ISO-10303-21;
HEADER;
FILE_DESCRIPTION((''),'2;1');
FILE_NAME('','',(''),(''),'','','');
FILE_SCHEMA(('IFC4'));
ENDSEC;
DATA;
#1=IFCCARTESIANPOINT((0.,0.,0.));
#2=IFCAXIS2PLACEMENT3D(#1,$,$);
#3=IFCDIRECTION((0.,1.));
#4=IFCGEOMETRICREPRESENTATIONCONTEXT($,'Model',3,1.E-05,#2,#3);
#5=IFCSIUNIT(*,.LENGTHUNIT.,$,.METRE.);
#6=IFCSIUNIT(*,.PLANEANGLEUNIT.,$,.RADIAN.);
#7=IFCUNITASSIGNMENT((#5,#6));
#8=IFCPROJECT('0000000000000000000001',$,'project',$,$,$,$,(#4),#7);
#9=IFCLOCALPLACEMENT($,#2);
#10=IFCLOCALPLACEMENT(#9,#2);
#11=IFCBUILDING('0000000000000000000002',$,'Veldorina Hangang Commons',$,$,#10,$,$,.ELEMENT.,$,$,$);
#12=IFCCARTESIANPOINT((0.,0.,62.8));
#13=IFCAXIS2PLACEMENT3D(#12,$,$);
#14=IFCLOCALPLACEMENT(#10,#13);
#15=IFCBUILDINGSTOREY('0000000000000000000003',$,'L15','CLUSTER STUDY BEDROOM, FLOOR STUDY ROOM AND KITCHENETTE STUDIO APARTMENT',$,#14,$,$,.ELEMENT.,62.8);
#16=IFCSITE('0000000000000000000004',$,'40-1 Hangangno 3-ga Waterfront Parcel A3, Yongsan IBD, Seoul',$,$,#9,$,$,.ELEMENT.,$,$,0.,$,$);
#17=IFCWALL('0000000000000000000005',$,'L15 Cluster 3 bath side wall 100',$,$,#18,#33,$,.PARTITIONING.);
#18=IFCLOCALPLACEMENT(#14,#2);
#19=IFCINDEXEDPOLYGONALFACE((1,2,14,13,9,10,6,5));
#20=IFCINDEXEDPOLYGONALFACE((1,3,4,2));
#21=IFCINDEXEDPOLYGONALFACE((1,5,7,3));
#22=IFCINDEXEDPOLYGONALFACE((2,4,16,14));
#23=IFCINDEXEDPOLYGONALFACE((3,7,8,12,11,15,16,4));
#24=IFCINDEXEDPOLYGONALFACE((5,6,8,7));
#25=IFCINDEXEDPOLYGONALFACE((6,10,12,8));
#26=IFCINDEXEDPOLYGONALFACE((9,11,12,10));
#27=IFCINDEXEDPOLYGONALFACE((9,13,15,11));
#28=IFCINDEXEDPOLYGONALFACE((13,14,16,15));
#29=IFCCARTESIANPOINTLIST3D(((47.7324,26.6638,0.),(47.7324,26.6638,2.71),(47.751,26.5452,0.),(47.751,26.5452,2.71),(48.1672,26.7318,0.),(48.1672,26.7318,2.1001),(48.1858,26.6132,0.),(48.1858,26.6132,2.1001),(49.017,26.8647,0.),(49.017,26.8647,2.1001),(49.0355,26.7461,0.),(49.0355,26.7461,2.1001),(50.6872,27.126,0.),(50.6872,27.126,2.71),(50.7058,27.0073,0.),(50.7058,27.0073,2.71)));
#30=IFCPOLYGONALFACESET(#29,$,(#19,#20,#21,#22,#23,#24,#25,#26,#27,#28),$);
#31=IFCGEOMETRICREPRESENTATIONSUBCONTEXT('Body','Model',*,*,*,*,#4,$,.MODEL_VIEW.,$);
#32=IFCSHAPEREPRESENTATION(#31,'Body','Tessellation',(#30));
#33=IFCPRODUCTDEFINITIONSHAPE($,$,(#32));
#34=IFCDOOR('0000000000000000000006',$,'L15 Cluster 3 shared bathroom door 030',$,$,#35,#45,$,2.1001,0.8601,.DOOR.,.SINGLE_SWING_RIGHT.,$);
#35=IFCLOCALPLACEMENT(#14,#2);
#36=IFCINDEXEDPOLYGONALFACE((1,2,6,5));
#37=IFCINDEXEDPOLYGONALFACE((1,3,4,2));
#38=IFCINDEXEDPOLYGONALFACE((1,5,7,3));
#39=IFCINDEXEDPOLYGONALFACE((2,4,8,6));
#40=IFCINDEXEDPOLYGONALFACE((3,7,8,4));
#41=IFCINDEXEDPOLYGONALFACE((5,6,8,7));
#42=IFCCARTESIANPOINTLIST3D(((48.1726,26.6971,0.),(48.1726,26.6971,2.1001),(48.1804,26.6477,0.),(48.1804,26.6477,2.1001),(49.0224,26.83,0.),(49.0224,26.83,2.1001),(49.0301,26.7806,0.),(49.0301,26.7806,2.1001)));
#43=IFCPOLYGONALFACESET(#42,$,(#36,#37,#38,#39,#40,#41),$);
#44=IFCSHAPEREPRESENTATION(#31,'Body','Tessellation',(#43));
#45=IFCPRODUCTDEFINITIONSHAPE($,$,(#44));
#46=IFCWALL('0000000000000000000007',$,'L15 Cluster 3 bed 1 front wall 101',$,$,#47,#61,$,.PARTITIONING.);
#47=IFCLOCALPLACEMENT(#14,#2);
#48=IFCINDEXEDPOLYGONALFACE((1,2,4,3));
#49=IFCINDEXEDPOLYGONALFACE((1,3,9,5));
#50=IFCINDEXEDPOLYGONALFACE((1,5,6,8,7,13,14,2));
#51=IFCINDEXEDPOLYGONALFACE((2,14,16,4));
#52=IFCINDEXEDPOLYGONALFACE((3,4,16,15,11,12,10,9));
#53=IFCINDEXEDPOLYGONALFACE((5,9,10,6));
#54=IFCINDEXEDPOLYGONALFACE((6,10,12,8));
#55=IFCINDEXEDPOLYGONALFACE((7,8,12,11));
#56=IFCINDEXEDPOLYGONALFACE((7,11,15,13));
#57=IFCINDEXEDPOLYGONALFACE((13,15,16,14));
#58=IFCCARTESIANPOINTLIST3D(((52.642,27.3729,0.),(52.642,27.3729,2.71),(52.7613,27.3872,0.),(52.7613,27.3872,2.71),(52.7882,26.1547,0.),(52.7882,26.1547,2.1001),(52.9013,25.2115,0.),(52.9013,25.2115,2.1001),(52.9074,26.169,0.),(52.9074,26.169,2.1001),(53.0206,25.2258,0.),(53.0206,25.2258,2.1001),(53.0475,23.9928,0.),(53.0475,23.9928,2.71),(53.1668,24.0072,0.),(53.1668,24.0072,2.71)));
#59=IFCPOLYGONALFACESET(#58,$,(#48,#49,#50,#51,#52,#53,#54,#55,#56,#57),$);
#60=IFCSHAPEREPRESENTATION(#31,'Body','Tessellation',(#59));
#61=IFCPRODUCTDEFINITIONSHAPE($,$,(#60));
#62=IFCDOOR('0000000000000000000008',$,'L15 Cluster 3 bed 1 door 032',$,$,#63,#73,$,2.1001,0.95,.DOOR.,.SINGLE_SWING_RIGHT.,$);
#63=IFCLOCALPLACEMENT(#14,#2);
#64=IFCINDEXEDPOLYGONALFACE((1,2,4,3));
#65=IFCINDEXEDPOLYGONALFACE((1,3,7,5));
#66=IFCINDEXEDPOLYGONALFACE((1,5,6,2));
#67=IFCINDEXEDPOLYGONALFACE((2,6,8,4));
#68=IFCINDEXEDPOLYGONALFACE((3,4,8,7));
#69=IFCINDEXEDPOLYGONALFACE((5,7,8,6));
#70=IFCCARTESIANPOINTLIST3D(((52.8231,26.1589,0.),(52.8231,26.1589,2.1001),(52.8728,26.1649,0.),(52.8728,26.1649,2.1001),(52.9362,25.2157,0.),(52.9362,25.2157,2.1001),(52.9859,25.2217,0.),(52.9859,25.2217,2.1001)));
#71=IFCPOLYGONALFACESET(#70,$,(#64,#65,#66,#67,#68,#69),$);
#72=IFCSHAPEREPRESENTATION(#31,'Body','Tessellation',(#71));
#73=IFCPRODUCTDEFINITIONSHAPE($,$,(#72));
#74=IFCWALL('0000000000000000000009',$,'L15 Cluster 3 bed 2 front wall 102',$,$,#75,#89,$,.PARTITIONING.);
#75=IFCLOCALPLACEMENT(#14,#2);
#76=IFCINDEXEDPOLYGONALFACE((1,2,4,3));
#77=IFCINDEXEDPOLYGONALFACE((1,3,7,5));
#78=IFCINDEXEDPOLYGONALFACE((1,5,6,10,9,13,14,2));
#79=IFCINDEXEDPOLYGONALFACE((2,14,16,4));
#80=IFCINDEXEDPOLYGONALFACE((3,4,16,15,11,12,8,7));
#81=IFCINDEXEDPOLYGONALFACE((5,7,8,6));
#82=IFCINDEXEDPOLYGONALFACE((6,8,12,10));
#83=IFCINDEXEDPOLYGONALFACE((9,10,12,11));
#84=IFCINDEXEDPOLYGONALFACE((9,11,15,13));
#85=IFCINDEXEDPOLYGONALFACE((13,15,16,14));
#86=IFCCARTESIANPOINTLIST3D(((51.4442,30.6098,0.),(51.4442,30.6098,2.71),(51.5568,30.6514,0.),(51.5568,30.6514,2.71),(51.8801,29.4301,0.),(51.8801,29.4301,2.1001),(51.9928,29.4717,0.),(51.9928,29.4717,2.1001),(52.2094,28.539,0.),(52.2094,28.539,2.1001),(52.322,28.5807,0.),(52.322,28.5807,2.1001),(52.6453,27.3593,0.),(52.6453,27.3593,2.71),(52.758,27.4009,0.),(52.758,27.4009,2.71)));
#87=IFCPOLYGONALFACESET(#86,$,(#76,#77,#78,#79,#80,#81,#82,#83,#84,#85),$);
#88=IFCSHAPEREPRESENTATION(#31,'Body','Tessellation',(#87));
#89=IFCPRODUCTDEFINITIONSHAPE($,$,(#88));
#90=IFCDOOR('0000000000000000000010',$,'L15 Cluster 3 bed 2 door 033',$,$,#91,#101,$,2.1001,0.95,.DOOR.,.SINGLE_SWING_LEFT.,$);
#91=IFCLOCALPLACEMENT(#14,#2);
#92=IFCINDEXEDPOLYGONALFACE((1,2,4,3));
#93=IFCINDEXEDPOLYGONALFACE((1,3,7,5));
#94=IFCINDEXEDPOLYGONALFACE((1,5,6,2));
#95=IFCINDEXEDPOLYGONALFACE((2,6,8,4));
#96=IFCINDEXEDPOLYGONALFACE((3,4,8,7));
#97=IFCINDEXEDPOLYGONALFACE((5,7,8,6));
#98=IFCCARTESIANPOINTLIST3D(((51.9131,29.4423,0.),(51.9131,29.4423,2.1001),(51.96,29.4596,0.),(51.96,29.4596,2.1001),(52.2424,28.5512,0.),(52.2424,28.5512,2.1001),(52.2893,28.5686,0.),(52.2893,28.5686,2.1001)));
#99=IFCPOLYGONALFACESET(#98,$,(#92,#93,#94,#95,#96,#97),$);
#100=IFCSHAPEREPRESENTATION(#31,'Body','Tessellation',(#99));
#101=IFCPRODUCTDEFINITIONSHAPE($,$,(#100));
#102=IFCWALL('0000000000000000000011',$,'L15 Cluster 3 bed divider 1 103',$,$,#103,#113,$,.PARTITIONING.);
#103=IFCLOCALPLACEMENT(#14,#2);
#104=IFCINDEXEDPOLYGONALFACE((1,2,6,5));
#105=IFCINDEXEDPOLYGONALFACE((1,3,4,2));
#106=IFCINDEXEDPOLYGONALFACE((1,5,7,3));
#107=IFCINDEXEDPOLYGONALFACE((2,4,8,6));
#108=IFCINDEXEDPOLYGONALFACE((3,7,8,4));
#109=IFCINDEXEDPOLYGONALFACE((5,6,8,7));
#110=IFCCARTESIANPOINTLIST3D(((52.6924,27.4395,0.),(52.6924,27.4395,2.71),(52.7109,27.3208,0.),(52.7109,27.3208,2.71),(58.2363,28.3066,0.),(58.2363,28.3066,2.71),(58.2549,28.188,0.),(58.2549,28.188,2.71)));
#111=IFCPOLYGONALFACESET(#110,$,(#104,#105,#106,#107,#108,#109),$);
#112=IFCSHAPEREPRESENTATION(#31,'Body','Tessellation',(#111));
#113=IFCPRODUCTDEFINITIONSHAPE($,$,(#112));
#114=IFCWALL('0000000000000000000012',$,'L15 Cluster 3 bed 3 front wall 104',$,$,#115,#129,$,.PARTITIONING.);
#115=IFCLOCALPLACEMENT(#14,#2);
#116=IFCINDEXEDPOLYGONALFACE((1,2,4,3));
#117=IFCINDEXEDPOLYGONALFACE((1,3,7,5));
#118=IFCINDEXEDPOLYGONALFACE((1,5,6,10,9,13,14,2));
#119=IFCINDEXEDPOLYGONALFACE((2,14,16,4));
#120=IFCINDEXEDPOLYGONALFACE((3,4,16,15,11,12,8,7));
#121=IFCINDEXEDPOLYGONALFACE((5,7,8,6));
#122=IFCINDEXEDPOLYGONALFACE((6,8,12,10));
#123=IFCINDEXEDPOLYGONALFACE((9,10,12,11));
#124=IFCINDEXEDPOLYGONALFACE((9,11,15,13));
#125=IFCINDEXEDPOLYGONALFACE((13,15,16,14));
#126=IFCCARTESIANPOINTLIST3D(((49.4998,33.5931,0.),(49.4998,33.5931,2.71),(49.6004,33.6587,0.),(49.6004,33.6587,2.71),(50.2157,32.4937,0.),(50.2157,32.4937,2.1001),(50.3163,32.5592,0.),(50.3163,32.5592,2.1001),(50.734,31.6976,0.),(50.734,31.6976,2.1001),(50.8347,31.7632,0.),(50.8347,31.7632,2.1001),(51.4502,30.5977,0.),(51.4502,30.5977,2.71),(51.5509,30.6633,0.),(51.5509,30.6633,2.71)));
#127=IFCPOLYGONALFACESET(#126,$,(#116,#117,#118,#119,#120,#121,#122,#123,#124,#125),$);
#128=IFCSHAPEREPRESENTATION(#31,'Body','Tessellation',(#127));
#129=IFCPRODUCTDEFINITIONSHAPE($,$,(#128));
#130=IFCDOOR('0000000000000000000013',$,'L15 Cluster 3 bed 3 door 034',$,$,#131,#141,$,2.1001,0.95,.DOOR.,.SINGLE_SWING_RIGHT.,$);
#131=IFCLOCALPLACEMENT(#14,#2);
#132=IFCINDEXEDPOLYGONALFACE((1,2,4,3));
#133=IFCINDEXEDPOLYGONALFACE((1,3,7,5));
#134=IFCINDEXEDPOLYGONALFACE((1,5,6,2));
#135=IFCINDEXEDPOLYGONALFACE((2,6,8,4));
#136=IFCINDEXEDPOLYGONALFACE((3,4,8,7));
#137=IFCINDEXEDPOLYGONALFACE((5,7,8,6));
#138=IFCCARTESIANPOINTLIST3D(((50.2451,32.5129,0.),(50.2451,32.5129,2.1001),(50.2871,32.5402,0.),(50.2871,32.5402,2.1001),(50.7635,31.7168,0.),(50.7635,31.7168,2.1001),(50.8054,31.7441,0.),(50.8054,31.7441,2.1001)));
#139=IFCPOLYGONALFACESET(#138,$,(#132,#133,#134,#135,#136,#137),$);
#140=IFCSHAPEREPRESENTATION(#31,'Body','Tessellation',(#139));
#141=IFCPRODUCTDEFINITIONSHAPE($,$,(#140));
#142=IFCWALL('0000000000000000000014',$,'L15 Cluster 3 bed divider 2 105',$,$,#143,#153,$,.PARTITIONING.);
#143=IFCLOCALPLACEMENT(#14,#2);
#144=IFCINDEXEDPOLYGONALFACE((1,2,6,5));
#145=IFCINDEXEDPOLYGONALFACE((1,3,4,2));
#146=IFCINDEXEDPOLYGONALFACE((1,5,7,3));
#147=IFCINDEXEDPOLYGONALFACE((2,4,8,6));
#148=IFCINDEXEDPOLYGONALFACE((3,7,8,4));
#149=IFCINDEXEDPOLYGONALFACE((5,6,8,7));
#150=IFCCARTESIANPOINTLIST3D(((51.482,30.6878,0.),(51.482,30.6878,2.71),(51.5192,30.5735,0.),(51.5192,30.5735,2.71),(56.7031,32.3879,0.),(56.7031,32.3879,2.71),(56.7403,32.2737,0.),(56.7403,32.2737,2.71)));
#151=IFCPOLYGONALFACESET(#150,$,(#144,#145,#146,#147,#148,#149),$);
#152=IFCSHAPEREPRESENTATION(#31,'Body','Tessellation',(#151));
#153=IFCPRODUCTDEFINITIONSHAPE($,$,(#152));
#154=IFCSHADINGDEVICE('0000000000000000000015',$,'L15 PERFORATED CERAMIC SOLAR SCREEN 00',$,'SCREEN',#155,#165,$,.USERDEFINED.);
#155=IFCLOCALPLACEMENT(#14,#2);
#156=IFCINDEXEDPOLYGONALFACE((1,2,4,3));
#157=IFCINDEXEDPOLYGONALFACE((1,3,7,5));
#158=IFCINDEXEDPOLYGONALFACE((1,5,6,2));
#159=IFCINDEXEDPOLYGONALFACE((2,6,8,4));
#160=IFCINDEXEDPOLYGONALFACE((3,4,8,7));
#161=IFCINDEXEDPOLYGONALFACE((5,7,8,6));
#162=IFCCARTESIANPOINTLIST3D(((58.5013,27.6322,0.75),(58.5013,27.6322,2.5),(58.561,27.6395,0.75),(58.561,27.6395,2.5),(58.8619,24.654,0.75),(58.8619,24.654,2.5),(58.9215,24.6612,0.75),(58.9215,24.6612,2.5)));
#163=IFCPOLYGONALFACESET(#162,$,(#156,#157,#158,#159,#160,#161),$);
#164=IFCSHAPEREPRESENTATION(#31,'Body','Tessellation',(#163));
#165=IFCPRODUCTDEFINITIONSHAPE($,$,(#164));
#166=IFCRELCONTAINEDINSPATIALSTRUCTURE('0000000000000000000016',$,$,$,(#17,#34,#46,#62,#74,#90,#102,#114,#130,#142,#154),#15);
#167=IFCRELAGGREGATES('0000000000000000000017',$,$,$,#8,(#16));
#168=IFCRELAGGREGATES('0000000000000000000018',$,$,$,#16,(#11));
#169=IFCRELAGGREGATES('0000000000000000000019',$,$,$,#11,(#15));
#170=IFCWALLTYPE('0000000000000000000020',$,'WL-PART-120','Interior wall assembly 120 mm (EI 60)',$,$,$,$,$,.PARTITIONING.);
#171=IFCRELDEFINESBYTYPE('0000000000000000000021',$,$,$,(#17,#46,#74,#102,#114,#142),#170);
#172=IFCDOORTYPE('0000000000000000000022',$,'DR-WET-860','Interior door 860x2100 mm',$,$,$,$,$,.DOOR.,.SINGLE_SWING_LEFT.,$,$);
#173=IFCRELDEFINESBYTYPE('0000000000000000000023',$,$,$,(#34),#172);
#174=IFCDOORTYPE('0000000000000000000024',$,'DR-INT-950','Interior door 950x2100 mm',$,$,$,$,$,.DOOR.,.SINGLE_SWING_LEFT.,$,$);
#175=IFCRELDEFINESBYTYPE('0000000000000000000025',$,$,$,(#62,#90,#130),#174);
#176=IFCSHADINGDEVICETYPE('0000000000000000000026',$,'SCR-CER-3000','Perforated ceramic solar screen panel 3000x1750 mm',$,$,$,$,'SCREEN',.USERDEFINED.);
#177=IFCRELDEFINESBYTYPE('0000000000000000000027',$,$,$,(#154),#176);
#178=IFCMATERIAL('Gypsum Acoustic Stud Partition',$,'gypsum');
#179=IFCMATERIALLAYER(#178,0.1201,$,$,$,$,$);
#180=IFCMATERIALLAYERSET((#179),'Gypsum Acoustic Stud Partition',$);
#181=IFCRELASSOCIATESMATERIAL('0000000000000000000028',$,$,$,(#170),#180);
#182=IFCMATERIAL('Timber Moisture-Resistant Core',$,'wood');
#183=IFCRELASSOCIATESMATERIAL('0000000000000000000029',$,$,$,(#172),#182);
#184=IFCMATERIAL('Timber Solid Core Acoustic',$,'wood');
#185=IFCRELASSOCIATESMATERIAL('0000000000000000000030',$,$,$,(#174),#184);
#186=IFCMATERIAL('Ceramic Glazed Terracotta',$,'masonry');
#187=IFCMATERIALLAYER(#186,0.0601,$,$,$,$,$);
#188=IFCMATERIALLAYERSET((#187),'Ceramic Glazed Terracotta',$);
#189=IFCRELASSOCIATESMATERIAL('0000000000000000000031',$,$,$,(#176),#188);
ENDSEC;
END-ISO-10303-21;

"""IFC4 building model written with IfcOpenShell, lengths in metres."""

from ifc_helpers import new_model, si_unit, direction, frame, frame_2d, origin, origin_2d, place, context, subcontext, project, spatial, rectangle, extrude, material, layer, layer_set, type_object, element, fill, save


model = new_model("IFC4")

# Units and contexts
model_context = context("Model", 3, precision=1e-05, world=origin(), true_north=direction((0.0, 1.0)))
body_context = subcontext(model_context, "Body", "Model", "MODEL_VIEW")
ifc_project = project(units=[si_unit("LENGTHUNIT", "METRE"), si_unit("PLANEANGLEUNIT", "RADIAN")], contexts=[model_context])

# Site, building, storey
site_placement = place(None, origin())
site = spatial("IfcSite", under=ifc_project, at=site_placement, Name="40-1 Hangangno 3-ga Waterfront Parcel A3, Yongsan IBD, Seoul", CompositionType="ELEMENT", RefElevation=0.0)
building_placement = place(site_placement, origin())
building = spatial("IfcBuilding", under=site, at=building_placement, Name="Veldorina Hangang Commons", CompositionType="ELEMENT")
storey_placement = place(building_placement, frame((0.0, 0.0, 62.8)))
storey = spatial("IfcBuildingStorey", under=building, at=storey_placement, Name="L15", Description="CLUSTER STUDY BEDROOM, FLOOR STUDY ROOM AND KITCHENETTE STUDIO APARTMENT", CompositionType="ELEMENT", Elevation=62.8)

# Shared definitions
ifc_material_1 = material(Name="Gypsum Acoustic Stud Partition", Category="gypsum")
ifc_layer_1 = layer(ifc_material_1, 0.1201)
ifc_layer_set_1 = layer_set([ifc_layer_1], Name="Gypsum Acoustic Stud Partition")
wall_type_1 = type_object("IfcWallType", Name="WL-PART-120", Description="Interior wall assembly 120 mm (EI 60)", PredefinedType="PARTITIONING", material=ifc_layer_set_1)

# Walls, openings, doors
wall_1_placement = place(storey_placement, frame((47.7417, 26.6045, 0.0), z_axis=(0.0, 0.0, 1.0), x_axis=(0.987988, 0.154529, 0.0)))
wall_1 = element("IfcWall", 1, at=wall_1_placement, inside=storey, type_object=wall_type_1, Name="L15 Cluster 3 bath side wall 100", PredefinedType="PARTITIONING", context=body_context, shape_type="SweptSolid", body=[
    extrude(rectangle(XDim=2.9907, YDim=0.1201, at=frame_2d((1.4954, 0.0))), origin(), (0.0, 0.0, 1.0), 2.71),
])
opening_1_placement = place(wall_1_placement, frame((0.4399, 0.0, 0.0)))
opening_1 = element("IfcOpeningElement", 2, at=opening_1_placement, cuts=wall_1, PredefinedType="OPENING", context=body_context, shape_type="SweptSolid", body=[
    extrude(rectangle(XDim=0.8601, YDim=2.1001, at=frame_2d((0.4302, 1.05))), frame((0.0, 0.0701, 0.0), z_axis=(0.0, -1.0, 0.0), x_axis=(1.0, 0.0, 0.0)), (0.0, 0.0, 1.0), 0.1401),
])
ifc_material_2 = material(Name="Timber Moisture-Resistant Core", Category="wood")
door_type_1 = type_object("IfcDoorType", Name="DR-WET-860", Description="Interior door 860x2100 mm", OperationType="SINGLE_SWING_LEFT", PredefinedType="DOOR", material=ifc_material_2)
door_1_placement = place(opening_1_placement, origin())
door_1 = element("IfcDoor", 3, at=door_1_placement, inside=storey, type_object=door_type_1, Name="L15 Cluster 3 shared bathroom door 030", OperationType="SINGLE_SWING_RIGHT", OverallHeight=2.1001, OverallWidth=0.8601, PredefinedType="DOOR", context=body_context, shape_type="SweptSolid", body=[
    extrude(rectangle(XDim=0.8601, YDim=2.1001, at=frame_2d((0.4302, 1.05))), frame((0.0, 0.0249, 0.0), z_axis=(0.0, -1.0, 0.0), x_axis=(1.0, 0.0, 0.0)), (0.0, 0.0, 1.0), 0.05),
])
fill(opening_1, door_1)
wall_2_placement = place(storey_placement, frame((53.1072, 24.0, 0.0), z_axis=(0.0, 0.0, 1.0), x_axis=(-0.119117, 0.99288, 0.0)))
wall_2 = element("IfcWall", 4, at=wall_2_placement, inside=storey, type_object=wall_type_1, Name="L15 Cluster 3 bed 1 front wall 101", PredefinedType="PARTITIONING", context=body_context, shape_type="SweptSolid", body=[
    extrude(rectangle(XDim=3.4043, YDim=0.1201, at=frame_2d((1.7021, 0.0))), origin(), (0.0, 0.0, 1.0), 2.71),
])
opening_2_placement = place(wall_2_placement, frame((1.2273, 0.0, 0.0)))
opening_2 = element("IfcOpeningElement", 5, at=opening_2_placement, cuts=wall_2, PredefinedType="OPENING", context=body_context, shape_type="SweptSolid", body=[
    extrude(rectangle(XDim=0.95, YDim=2.1001, at=frame_2d((0.4751, 1.05))), frame((0.0, 0.0701, 0.0), z_axis=(0.0, -1.0, 0.0), x_axis=(1.0, 0.0, 0.0)), (0.0, 0.0, 1.0), 0.1401),
])
ifc_material_3 = material(Name="Timber Solid Core Acoustic", Category="wood")
door_type_2 = type_object("IfcDoorType", Name="DR-INT-950", Description="Interior door 950x2100 mm", OperationType="SINGLE_SWING_LEFT", PredefinedType="DOOR", material=ifc_material_3)
door_2_placement = place(opening_2_placement, origin())
door_2 = element("IfcDoor", 6, at=door_2_placement, inside=storey, type_object=door_type_2, Name="L15 Cluster 3 bed 1 door 032", OperationType="SINGLE_SWING_RIGHT", OverallHeight=2.1001, OverallWidth=0.95, PredefinedType="DOOR", context=body_context, shape_type="SweptSolid", body=[
    extrude(rectangle(XDim=0.95, YDim=2.1001, at=frame_2d((0.4751, 1.05))), frame((0.0, 0.0249, 0.0), z_axis=(0.0, -1.0, 0.0), x_axis=(1.0, 0.0, 0.0)), (0.0, 0.0, 1.0), 0.05),
])
fill(opening_2, door_2)
wall_3_placement = place(storey_placement, frame((52.7017, 27.3801, 0.0), z_axis=(0.0, 0.0, 1.0), x_axis=(-0.346626, 0.938003, 0.0)))
wall_3 = element("IfcWall", 7, at=wall_3_placement, inside=storey, type_object=wall_type_1, Name="L15 Cluster 3 bed 2 front wall 102", PredefinedType="PARTITIONING", context=body_context, shape_type="SweptSolid", body=[
    extrude(rectangle(XDim=3.4653, YDim=0.1201, at=frame_2d((1.7327, 0.0))), origin(), (0.0, 0.0, 1.0), 2.71),
])
opening_3_placement = place(wall_3_placement, frame((1.2576, 0.0, 0.0)))
opening_3 = element("IfcOpeningElement", 8, at=opening_3_placement, cuts=wall_3, PredefinedType="OPENING", context=body_context, shape_type="SweptSolid", body=[
    extrude(rectangle(XDim=0.95, YDim=2.1001, at=frame_2d((0.4751, 1.05))), frame((0.0, 0.0701, 0.0), z_axis=(0.0, -1.0, 0.0), x_axis=(1.0, 0.0, 0.0)), (0.0, 0.0, 1.0), 0.1401),
])
door_3_placement = place(opening_3_placement, origin())
door_3 = element("IfcDoor", 9, at=door_3_placement, inside=storey, type_object=door_type_2, Name="L15 Cluster 3 bed 2 door 033", OperationType="SINGLE_SWING_LEFT", OverallHeight=2.1001, OverallWidth=0.95, PredefinedType="DOOR", context=body_context, shape_type="SweptSolid", body=[
    extrude(rectangle(XDim=0.95, YDim=2.1001, at=frame_2d((0.4751, 1.05))), frame((0.0, 0.0249, 0.0), z_axis=(0.0, -1.0, 0.0), x_axis=(1.0, 0.0, 0.0)), (0.0, 0.0, 1.0), 0.05),
])
fill(opening_3, door_3)

# Wall
wall_4_placement = place(storey_placement, frame((52.7017, 27.3801, 0.0), z_axis=(0.0, 0.0, 1.0), x_axis=(0.987986, 0.154541, 0.0)))
element("IfcWall", 10, at=wall_4_placement, inside=storey, type_object=wall_type_1, Name="L15 Cluster 3 bed divider 1 103", PredefinedType="PARTITIONING", context=body_context, shape_type="SweptSolid", body=[
    extrude(rectangle(XDim=5.6113, YDim=0.1201, at=frame_2d((2.8057, 0.0))), origin(), (0.0, 0.0, 1.0), 2.71),
])

# Wall, opening, door
wall_5_placement = place(storey_placement, frame((51.5005, 30.6306, 0.0), z_axis=(0.0, 0.0, 1.0), x_axis=(-0.545668, 0.838002, 0.0)))
wall_5 = element("IfcWall", 11, at=wall_5_placement, inside=storey, type_object=wall_type_1, Name="L15 Cluster 3 bed 3 front wall 104", PredefinedType="PARTITIONING", context=body_context, shape_type="SweptSolid", body=[
    extrude(rectangle(XDim=3.5745, YDim=0.1201, at=frame_2d((1.7871, 0.0))), origin(), (0.0, 0.0, 1.0), 2.71),
])
opening_4_placement = place(wall_5_placement, frame((1.3123, 0.0, 0.0)))
opening_4 = element("IfcOpeningElement", 12, at=opening_4_placement, cuts=wall_5, PredefinedType="OPENING", context=body_context, shape_type="SweptSolid", body=[
    extrude(rectangle(XDim=0.95, YDim=2.1001, at=frame_2d((0.4751, 1.05))), frame((0.0, 0.0701, 0.0), z_axis=(0.0, -1.0, 0.0), x_axis=(1.0, 0.0, 0.0)), (0.0, 0.0, 1.0), 0.1401),
])
door_4_placement = place(opening_4_placement, origin())
door_4 = element("IfcDoor", 13, at=door_4_placement, inside=storey, type_object=door_type_2, Name="L15 Cluster 3 bed 3 door 034", OperationType="SINGLE_SWING_RIGHT", OverallHeight=2.1001, OverallWidth=0.95, PredefinedType="DOOR", context=body_context, shape_type="SweptSolid", body=[
    extrude(rectangle(XDim=0.95, YDim=2.1001, at=frame_2d((0.4751, 1.05))), frame((0.0, 0.0249, 0.0), z_axis=(0.0, -1.0, 0.0), x_axis=(1.0, 0.0, 0.0)), (0.0, 0.0, 1.0), 0.05),
])
fill(opening_4, door_4)

# Wall
wall_6_placement = place(storey_placement, frame((51.5005, 30.6306, 0.0), z_axis=(0.0, 0.0, 1.0), x_axis=(0.950857, 0.309631, 0.0)))
element("IfcWall", 14, at=wall_6_placement, inside=storey, type_object=wall_type_1, Name="L15 Cluster 3 bed divider 2 105", PredefinedType="PARTITIONING", context=body_context, shape_type="SweptSolid", body=[
    extrude(rectangle(XDim=5.491, YDim=0.1201, at=frame_2d((2.7456, 0.0))), origin(), (0.0, 0.0, 1.0), 2.71),
])

# Shading device
ifc_material_4 = material(Name="Ceramic Glazed Terracotta", Category="masonry")
ifc_layer_2 = layer(ifc_material_4, 0.0601)
ifc_layer_set_2 = layer_set([ifc_layer_2], Name="Ceramic Glazed Terracotta")
shading_device_type = type_object("IfcShadingDeviceType", Name="SCR-CER-3000", Description="Perforated ceramic solar screen panel 3000x1750 mm", ElementType="SCREEN", PredefinedType="USERDEFINED", material=ifc_layer_set_2)
shading_device_placement = place(storey_placement, frame((58.7114, 26.1467, 0.75), z_axis=(0.0, 0.0, 1.0), x_axis=(-0.120189, 0.992751, 0.0)))
element("IfcShadingDevice", 15, at=shading_device_placement, inside=storey, type_object=shading_device_type, Name="L15 PERFORATED CERAMIC SOLAR SCREEN 00", ObjectType="SCREEN", PredefinedType="USERDEFINED", context=body_context, shape_type="SweptSolid", body=[
    extrude(rectangle(XDim=3.0, YDim=0.0601, at=origin_2d()), origin(), (0.0, 0.0, 1.0), 1.75),
])

save(model, "model.ifc")
